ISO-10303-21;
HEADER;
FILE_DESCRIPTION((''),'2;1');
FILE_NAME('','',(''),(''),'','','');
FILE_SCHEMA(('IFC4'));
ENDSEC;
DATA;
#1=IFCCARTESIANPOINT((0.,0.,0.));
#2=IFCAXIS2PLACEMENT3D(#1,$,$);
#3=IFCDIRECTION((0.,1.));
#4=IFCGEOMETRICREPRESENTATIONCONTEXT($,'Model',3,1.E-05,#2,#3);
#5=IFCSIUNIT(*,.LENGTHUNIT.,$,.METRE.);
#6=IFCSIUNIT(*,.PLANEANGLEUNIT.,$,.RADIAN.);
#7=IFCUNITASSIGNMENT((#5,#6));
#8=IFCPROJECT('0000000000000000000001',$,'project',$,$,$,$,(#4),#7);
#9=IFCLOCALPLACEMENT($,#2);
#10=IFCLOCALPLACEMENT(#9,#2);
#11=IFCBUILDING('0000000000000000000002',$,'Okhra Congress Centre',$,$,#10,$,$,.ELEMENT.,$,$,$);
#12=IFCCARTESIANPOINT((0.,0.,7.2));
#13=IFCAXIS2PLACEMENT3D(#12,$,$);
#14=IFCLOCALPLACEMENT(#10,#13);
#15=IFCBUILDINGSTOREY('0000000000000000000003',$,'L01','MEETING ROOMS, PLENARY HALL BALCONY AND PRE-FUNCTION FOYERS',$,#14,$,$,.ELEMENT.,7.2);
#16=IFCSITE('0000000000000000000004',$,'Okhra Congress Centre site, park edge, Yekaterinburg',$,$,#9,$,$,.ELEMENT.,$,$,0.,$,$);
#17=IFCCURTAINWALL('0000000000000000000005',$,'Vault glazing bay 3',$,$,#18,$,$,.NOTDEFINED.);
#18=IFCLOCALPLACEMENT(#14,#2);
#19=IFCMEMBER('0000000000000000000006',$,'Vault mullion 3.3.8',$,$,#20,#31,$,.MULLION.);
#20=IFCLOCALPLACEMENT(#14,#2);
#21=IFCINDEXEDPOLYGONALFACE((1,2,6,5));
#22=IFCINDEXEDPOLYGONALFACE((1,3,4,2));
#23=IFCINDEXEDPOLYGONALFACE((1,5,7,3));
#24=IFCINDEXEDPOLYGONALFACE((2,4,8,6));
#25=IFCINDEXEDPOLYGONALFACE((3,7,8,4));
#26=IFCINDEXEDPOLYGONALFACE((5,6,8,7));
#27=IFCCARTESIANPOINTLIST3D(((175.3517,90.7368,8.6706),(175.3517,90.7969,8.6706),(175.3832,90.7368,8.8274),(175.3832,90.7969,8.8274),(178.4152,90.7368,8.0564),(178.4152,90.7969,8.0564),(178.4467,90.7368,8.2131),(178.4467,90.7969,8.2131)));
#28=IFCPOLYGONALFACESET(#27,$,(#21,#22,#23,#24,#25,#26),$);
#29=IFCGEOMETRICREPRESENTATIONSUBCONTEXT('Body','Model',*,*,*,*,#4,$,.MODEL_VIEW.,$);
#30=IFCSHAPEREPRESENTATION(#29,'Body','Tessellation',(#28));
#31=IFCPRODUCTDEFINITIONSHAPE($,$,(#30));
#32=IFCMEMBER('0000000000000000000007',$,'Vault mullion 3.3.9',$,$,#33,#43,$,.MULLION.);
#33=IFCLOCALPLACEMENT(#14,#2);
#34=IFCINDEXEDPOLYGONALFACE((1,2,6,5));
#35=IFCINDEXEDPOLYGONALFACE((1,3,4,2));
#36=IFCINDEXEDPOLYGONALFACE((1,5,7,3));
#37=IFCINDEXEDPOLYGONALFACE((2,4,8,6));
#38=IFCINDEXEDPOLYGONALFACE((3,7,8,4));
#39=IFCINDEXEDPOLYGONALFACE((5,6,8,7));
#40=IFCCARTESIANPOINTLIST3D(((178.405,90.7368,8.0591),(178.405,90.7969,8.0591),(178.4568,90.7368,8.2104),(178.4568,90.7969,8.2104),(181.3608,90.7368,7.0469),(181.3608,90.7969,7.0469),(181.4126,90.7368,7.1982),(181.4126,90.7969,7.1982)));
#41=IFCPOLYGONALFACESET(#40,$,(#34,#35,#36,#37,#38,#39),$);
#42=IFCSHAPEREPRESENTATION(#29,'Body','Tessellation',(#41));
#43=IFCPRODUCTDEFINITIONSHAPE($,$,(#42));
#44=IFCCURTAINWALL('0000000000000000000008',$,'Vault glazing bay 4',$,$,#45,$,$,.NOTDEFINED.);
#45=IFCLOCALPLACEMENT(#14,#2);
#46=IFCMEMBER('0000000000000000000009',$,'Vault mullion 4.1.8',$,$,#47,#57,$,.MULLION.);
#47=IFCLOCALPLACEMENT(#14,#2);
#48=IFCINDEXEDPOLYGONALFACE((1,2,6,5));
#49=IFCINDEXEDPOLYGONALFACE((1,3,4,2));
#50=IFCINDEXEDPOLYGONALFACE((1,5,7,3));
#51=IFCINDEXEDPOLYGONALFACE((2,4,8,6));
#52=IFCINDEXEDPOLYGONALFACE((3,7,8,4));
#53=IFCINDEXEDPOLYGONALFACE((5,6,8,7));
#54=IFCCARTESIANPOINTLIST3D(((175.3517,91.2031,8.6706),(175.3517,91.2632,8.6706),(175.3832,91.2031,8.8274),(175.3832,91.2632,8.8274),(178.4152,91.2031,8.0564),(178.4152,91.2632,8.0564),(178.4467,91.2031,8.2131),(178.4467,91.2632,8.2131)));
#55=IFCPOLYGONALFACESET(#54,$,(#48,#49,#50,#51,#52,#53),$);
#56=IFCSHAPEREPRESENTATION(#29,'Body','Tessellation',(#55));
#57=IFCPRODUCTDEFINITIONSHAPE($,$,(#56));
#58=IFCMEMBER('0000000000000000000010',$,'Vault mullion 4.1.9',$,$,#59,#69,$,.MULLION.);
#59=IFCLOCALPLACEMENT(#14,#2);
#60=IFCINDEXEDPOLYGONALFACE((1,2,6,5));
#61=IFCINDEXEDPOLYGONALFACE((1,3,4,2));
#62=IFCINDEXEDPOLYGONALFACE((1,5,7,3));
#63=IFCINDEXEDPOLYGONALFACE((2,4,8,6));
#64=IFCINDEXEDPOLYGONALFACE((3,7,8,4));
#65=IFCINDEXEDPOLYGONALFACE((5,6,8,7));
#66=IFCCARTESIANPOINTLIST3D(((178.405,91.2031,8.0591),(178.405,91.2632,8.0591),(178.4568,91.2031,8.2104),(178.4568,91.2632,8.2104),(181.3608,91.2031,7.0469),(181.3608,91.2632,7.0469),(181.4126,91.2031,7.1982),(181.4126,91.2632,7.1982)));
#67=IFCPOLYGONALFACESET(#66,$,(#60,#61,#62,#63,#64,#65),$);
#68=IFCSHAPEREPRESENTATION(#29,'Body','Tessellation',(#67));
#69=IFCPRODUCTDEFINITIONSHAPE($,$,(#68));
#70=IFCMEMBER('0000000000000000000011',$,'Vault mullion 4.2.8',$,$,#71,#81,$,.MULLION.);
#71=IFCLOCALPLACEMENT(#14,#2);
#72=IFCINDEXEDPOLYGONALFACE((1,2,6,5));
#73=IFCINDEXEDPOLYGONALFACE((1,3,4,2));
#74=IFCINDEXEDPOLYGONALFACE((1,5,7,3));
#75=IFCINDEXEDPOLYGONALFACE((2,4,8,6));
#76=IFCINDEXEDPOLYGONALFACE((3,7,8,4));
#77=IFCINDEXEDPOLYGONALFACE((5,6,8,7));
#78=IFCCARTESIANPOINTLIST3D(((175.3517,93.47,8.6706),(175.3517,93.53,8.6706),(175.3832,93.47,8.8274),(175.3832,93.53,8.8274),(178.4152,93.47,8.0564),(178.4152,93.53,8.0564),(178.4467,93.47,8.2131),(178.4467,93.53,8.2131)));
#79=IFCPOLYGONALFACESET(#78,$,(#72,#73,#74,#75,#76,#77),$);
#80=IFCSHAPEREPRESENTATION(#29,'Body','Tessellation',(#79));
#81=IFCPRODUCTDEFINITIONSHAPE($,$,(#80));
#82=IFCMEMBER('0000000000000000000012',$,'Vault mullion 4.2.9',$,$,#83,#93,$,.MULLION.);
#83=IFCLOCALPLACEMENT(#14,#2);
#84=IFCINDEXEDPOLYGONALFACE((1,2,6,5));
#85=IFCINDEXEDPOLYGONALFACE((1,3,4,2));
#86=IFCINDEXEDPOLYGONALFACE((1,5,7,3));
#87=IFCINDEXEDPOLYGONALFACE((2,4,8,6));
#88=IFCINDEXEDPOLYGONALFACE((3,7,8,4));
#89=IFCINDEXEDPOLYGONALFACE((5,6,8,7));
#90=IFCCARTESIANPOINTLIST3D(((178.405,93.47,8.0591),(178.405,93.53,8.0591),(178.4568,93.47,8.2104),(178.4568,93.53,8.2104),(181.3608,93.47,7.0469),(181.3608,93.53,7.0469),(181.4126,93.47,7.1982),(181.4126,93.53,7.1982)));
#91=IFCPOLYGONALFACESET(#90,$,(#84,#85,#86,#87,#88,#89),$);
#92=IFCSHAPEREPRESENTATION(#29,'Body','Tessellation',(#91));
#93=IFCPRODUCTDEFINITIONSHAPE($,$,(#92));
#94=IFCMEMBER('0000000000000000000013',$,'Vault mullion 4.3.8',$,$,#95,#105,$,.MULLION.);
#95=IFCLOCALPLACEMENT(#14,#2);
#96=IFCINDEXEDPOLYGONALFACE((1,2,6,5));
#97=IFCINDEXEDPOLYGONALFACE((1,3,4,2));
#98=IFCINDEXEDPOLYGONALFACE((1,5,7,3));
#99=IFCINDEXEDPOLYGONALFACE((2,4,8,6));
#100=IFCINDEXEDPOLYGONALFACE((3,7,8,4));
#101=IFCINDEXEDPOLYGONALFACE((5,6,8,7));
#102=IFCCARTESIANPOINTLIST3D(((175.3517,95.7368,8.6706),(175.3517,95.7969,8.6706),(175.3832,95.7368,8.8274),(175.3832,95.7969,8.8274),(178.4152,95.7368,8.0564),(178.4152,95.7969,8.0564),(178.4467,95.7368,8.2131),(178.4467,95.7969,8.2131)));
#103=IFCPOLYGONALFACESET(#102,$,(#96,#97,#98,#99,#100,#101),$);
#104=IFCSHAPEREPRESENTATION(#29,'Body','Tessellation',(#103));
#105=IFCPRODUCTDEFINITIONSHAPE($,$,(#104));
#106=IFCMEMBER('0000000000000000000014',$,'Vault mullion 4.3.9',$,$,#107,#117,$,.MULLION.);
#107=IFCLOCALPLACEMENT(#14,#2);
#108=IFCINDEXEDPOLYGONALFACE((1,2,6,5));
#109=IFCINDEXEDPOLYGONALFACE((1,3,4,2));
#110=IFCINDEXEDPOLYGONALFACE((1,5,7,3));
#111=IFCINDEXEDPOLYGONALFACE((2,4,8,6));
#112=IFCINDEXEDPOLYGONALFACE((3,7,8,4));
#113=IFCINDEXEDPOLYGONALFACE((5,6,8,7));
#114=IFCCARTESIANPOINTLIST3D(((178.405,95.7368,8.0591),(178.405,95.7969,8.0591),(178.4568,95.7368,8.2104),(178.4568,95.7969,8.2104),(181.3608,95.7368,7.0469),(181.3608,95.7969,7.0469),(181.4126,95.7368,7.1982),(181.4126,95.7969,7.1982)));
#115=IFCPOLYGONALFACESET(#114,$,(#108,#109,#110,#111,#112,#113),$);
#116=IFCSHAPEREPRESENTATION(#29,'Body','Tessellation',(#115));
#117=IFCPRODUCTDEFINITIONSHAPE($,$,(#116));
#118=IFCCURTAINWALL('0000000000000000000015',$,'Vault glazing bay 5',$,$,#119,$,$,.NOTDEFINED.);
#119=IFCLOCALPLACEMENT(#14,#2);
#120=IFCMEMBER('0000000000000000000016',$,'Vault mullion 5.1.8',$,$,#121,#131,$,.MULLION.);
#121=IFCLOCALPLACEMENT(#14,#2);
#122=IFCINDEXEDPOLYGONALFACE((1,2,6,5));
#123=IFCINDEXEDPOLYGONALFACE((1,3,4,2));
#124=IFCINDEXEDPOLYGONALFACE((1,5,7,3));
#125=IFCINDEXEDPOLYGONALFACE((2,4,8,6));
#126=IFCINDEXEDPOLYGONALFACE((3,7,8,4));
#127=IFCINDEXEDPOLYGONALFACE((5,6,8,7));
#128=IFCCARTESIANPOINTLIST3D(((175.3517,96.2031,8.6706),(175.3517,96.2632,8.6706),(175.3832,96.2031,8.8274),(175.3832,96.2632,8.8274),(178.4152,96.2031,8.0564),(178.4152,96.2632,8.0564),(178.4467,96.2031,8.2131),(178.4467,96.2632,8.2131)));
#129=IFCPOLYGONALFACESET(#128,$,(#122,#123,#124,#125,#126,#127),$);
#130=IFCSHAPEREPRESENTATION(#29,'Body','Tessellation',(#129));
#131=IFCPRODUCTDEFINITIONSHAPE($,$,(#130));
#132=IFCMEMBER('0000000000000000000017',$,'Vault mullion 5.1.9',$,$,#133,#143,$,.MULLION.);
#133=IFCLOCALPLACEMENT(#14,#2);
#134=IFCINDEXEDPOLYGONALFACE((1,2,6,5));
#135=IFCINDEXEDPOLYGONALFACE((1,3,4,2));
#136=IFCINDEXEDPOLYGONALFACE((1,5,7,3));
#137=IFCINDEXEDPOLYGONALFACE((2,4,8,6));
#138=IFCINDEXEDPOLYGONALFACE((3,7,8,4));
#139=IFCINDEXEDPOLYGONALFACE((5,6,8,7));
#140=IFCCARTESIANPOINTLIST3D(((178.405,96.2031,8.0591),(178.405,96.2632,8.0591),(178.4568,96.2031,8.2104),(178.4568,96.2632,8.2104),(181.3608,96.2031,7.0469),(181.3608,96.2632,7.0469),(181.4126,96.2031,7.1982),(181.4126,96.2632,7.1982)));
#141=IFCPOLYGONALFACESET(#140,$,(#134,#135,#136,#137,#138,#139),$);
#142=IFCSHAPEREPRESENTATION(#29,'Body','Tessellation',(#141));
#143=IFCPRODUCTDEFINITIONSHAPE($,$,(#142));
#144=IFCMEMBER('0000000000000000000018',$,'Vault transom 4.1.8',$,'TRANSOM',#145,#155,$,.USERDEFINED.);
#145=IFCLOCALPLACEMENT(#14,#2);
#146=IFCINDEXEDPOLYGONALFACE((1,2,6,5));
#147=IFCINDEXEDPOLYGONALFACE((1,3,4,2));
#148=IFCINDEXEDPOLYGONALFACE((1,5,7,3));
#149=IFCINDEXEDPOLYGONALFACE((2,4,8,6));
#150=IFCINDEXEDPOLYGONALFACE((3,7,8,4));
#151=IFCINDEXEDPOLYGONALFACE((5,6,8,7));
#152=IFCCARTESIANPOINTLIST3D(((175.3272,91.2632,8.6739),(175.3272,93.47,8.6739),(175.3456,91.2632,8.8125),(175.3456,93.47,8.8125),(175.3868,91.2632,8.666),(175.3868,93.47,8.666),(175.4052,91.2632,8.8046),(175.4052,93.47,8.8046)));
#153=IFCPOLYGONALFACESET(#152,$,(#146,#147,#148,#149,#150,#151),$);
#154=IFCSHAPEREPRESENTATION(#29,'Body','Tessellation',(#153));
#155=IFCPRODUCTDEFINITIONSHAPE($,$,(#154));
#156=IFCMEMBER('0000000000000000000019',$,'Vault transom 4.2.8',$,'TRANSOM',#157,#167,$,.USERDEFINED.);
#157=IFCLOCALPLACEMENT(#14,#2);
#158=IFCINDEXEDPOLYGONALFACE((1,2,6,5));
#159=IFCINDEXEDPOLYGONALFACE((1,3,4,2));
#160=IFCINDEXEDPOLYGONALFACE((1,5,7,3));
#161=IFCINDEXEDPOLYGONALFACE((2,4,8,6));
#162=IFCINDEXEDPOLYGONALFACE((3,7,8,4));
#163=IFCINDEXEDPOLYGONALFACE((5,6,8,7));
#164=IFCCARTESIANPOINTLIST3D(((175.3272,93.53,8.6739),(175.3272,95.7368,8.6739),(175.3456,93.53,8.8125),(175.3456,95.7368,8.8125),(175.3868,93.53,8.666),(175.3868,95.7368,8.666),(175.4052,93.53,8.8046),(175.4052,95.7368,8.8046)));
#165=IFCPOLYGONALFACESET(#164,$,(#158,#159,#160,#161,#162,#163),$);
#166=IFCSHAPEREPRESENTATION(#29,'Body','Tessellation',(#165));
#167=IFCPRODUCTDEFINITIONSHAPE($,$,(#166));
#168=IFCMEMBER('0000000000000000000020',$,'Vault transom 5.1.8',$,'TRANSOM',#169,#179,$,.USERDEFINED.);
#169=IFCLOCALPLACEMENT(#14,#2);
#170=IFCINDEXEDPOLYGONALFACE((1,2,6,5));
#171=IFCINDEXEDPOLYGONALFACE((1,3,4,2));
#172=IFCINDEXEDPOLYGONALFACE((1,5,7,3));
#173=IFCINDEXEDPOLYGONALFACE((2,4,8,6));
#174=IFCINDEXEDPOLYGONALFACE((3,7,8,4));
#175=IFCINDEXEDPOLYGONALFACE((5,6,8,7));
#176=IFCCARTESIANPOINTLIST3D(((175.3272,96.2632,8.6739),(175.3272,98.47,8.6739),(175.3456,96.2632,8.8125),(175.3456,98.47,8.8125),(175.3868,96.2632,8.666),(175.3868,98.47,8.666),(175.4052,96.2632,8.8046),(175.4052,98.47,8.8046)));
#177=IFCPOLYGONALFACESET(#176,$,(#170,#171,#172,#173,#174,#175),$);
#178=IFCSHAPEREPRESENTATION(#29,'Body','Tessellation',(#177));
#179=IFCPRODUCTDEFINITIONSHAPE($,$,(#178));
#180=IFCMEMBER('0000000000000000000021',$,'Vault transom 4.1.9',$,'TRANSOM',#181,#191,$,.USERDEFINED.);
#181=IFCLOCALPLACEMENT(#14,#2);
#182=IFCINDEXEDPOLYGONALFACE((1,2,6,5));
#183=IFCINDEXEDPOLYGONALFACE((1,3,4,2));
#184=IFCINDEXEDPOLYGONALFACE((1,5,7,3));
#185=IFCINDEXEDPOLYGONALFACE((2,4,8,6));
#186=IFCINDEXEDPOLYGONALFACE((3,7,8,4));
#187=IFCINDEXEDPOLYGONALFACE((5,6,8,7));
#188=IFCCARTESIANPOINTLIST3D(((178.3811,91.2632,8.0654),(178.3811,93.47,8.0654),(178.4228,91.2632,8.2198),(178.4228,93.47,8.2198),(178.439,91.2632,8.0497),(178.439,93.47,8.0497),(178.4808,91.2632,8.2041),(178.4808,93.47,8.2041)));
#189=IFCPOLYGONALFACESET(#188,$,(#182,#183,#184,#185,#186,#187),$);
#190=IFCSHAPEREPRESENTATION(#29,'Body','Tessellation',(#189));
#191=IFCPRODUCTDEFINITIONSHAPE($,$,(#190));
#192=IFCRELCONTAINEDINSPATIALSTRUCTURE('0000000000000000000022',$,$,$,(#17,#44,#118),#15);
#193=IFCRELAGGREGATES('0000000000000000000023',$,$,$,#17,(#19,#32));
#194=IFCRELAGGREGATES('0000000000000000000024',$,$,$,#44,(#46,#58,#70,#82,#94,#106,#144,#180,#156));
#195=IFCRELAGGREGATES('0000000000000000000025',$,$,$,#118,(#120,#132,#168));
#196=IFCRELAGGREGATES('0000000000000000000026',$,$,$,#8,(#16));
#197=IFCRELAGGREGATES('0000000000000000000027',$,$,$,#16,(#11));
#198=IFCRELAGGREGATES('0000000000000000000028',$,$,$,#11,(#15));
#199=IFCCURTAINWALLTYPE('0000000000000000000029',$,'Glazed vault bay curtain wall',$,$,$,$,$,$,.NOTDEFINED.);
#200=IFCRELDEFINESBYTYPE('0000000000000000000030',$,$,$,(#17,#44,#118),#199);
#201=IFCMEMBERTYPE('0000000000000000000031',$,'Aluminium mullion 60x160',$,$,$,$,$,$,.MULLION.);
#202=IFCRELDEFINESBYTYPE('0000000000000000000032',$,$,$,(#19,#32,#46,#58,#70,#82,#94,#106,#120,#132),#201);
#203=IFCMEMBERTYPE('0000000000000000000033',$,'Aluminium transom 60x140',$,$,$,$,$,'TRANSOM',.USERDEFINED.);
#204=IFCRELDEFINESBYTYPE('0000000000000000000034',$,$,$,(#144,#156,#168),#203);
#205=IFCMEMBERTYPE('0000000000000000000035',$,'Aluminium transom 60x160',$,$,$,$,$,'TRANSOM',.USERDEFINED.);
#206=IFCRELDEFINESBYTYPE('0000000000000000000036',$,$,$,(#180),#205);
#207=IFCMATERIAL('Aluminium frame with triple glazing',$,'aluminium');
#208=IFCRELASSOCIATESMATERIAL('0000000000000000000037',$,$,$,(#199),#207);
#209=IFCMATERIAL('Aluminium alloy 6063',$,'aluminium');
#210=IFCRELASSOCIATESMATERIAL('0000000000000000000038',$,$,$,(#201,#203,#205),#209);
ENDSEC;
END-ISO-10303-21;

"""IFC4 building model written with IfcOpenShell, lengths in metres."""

from ifc_helpers import new_model, si_unit, direction, frame, origin, origin_2d, place, context, subcontext, project, spatial, rectangle, extrude, material, material_profile, profile_set, type_object, element, aggregate, save


model = new_model("IFC4")

# Units and contexts
model_context = context("Model", 3, precision=1e-05, world=origin(), true_north=direction((0.0, 1.0)))
body_context = subcontext(model_context, "Body", "Model", "MODEL_VIEW")
ifc_project = project(units=[si_unit("LENGTHUNIT", "METRE"), si_unit("PLANEANGLEUNIT", "RADIAN")], contexts=[model_context])

# Site, building, storey
site_placement = place(None, origin())
site = spatial("IfcSite", under=ifc_project, at=site_placement, Name="Okhra Congress Centre site, park edge, Yekaterinburg", CompositionType="ELEMENT", RefElevation=0.0)
building_placement = place(site_placement, origin())
building = spatial("IfcBuilding", under=site, at=building_placement, Name="Okhra Congress Centre", CompositionType="ELEMENT")
storey_placement = place(building_placement, frame((0.0, 0.0, 7.2)))
storey = spatial("IfcBuildingStorey", under=building, at=storey_placement, Name="L01", Description="MEETING ROOMS, PLENARY HALL BALCONY AND PRE-FUNCTION FOYERS", CompositionType="ELEMENT", Elevation=7.2)

# Curtain walls, members
ifc_material_1 = material(Name="Aluminium frame with triple glazing", Category="aluminium")
curtain_wall_type = type_object("IfcCurtainWallType", Name="Glazed vault bay curtain wall", PredefinedType="NOTDEFINED", material=ifc_material_1)
curtain_wall_1_placement = place(storey_placement, origin())
curtain_wall_1 = element("IfcCurtainWall", 1, at=curtain_wall_1_placement, inside=storey, type_object=curtain_wall_type, Name="Vault glazing bay 3", PredefinedType="NOTDEFINED")
ifc_material_2 = material(Name="Aluminium alloy 6063", Category="aluminium")
ifc_material_profile_1 = material_profile(ifc_material_2, rectangle(XDim=0.0601, YDim=0.1599, at=origin_2d()), Name="AL 60x160")
ifc_profile_set_1 = profile_set([ifc_material_profile_1], Name="Aluminium alloy 6063")
member_type_1 = type_object("IfcMemberType", Name="Aluminium mullion 60x160", PredefinedType="MULLION", material=ifc_profile_set_1)
member_1_placement = place(storey_placement, frame((175.3674, 90.7668, 8.749), z_axis=(0.980484, 0.0, -0.196597), x_axis=(0.0, 1.0, 0.0)))
member_1 = element("IfcMember", 2, at=member_1_placement, type_object=member_type_1, Name="Vault mullion 3.3.8", PredefinedType="MULLION", context=body_context, shape_type="SweptSolid", body=[
    extrude(rectangle(XDim=0.0601, YDim=0.1599, at=origin_2d()), origin(), (0.0, 0.0, 1.0), 3.1245),
])
member_2_placement = place(storey_placement, frame((178.4309, 90.7668, 8.1348), z_axis=(0.946065, 0.0, -0.323977), x_axis=(0.0, 1.0, 0.0)))
member_2 = element("IfcMember", 3, at=member_2_placement, type_object=member_type_1, Name="Vault mullion 3.3.9", PredefinedType="MULLION", context=body_context, shape_type="SweptSolid", body=[
    extrude(rectangle(XDim=0.0601, YDim=0.1599, at=origin_2d()), origin(), (0.0, 0.0, 1.0), 3.1243),
])
aggregate(curtain_wall_1, [member_1, member_2])
curtain_wall_2_placement = place(storey_placement, origin())
curtain_wall_2 = element("IfcCurtainWall", 4, at=curtain_wall_2_placement, inside=storey, type_object=curtain_wall_type, Name="Vault glazing bay 4", PredefinedType="NOTDEFINED")
member_3_placement = place(storey_placement, frame((175.3674, 91.2332, 8.749), z_axis=(0.980484, 0.0, -0.196597), x_axis=(0.0, 1.0, 0.0)))
member_3 = element("IfcMember", 5, at=member_3_placement, type_object=member_type_1, Name="Vault mullion 4.1.8", PredefinedType="MULLION", context=body_context, shape_type="SweptSolid", body=[
    extrude(rectangle(XDim=0.0601, YDim=0.1599, at=origin_2d()), origin(), (0.0, 0.0, 1.0), 3.1245),
])
member_4_placement = place(storey_placement, frame((178.4309, 91.2332, 8.1348), z_axis=(0.946065, 0.0, -0.323977), x_axis=(0.0, 1.0, 0.0)))
member_4 = element("IfcMember", 6, at=member_4_placement, type_object=member_type_1, Name="Vault mullion 4.1.9", PredefinedType="MULLION", context=body_context, shape_type="SweptSolid", body=[
    extrude(rectangle(XDim=0.0601, YDim=0.1599, at=origin_2d()), origin(), (0.0, 0.0, 1.0), 3.1243),
])
member_5_placement = place(storey_placement, frame((175.3674, 93.5, 8.749), z_axis=(0.980484, 0.0, -0.196597), x_axis=(0.0, 1.0, 0.0)))
member_5 = element("IfcMember", 7, at=member_5_placement, type_object=member_type_1, Name="Vault mullion 4.2.8", PredefinedType="MULLION", context=body_context, shape_type="SweptSolid", body=[
    extrude(rectangle(XDim=0.0601, YDim=0.1599, at=origin_2d()), origin(), (0.0, 0.0, 1.0), 3.1245),
])
member_6_placement = place(storey_placement, frame((178.4309, 93.5, 8.1348), z_axis=(0.946065, 0.0, -0.323977), x_axis=(0.0, 1.0, 0.0)))
member_6 = element("IfcMember", 8, at=member_6_placement, type_object=member_type_1, Name="Vault mullion 4.2.9", PredefinedType="MULLION", context=body_context, shape_type="SweptSolid", body=[
    extrude(rectangle(XDim=0.0601, YDim=0.1599, at=origin_2d()), origin(), (0.0, 0.0, 1.0), 3.1243),
])
member_7_placement = place(storey_placement, frame((175.3674, 95.7668, 8.749), z_axis=(0.980484, 0.0, -0.196597), x_axis=(0.0, 1.0, 0.0)))
member_7 = element("IfcMember", 9, at=member_7_placement, type_object=member_type_1, Name="Vault mullion 4.3.8", PredefinedType="MULLION", context=body_context, shape_type="SweptSolid", body=[
    extrude(rectangle(XDim=0.0601, YDim=0.1599, at=origin_2d()), origin(), (0.0, 0.0, 1.0), 3.1245),
])
member_8_placement = place(storey_placement, frame((178.4309, 95.7668, 8.1348), z_axis=(0.946065, 0.0, -0.323977), x_axis=(0.0, 1.0, 0.0)))
member_8 = element("IfcMember", 10, at=member_8_placement, type_object=member_type_1, Name="Vault mullion 4.3.9", PredefinedType="MULLION", context=body_context, shape_type="SweptSolid", body=[
    extrude(rectangle(XDim=0.0601, YDim=0.1599, at=origin_2d()), origin(), (0.0, 0.0, 1.0), 3.1243),
])
curtain_wall_3_placement = place(storey_placement, origin())
curtain_wall_3 = element("IfcCurtainWall", 11, at=curtain_wall_3_placement, inside=storey, type_object=curtain_wall_type, Name="Vault glazing bay 5", PredefinedType="NOTDEFINED")
member_9_placement = place(storey_placement, frame((175.3674, 96.2332, 8.749), z_axis=(0.980484, 0.0, -0.196597), x_axis=(0.0, 1.0, 0.0)))
member_9 = element("IfcMember", 12, at=member_9_placement, type_object=member_type_1, Name="Vault mullion 5.1.8", PredefinedType="MULLION", context=body_context, shape_type="SweptSolid", body=[
    extrude(rectangle(XDim=0.0601, YDim=0.1599, at=origin_2d()), origin(), (0.0, 0.0, 1.0), 3.1245),
])
member_10_placement = place(storey_placement, frame((178.4309, 96.2332, 8.1348), z_axis=(0.946065, 0.0, -0.323977), x_axis=(0.0, 1.0, 0.0)))
member_10 = element("IfcMember", 13, at=member_10_placement, type_object=member_type_1, Name="Vault mullion 5.1.9", PredefinedType="MULLION", context=body_context, shape_type="SweptSolid", body=[
    extrude(rectangle(XDim=0.0601, YDim=0.1599, at=origin_2d()), origin(), (0.0, 0.0, 1.0), 3.1243),
])

# Members
ifc_material_profile_2 = material_profile(ifc_material_2, rectangle(XDim=0.0601, YDim=0.1399, at=origin_2d()), Name="AL 60x140 transom")
ifc_profile_set_2 = profile_set([ifc_material_profile_2], Name="Aluminium alloy 6063")
member_type_2 = type_object("IfcMemberType", Name="Aluminium transom 60x140", ElementType="TRANSOM", PredefinedType="USERDEFINED", material=ifc_profile_set_2)
member_11_placement = place(storey_placement, frame((175.3662, 91.2632, 8.7393), z_axis=(0.0, 1.0, 0.0), x_axis=(-0.991307, 0.0, 0.131568)))
member_11 = element("IfcMember", 14, at=member_11_placement, type_object=member_type_2, Name="Vault transom 4.1.8", ObjectType="TRANSOM", PredefinedType="USERDEFINED", context=body_context, shape_type="SweptSolid", body=[
    extrude(rectangle(XDim=0.0601, YDim=0.1399, at=origin_2d()), origin(), (0.0, 0.0, 1.0), 2.2068),
])
member_12_placement = place(storey_placement, frame((175.3662, 93.53, 8.7393), z_axis=(0.0, 1.0, 0.0), x_axis=(-0.991307, 0.0, 0.131568)))
member_12 = element("IfcMember", 15, at=member_12_placement, type_object=member_type_2, Name="Vault transom 4.2.8", ObjectType="TRANSOM", PredefinedType="USERDEFINED", context=body_context, shape_type="SweptSolid", body=[
    extrude(rectangle(XDim=0.0601, YDim=0.1399, at=origin_2d()), origin(), (0.0, 0.0, 1.0), 2.2068),
])
member_13_placement = place(storey_placement, frame((175.3662, 96.2632, 8.7393), z_axis=(0.0, 1.0, 0.0), x_axis=(-0.991307, 0.0, 0.131568)))
member_13 = element("IfcMember", 16, at=member_13_placement, type_object=member_type_2, Name="Vault transom 5.1.8", ObjectType="TRANSOM", PredefinedType="USERDEFINED", context=body_context, shape_type="SweptSolid", body=[
    extrude(rectangle(XDim=0.0601, YDim=0.1399, at=origin_2d()), origin(), (0.0, 0.0, 1.0), 2.2068),
])
ifc_material_profile_3 = material_profile(ifc_material_2, rectangle(XDim=0.0601, YDim=0.1599, at=origin_2d()), Name="AL 60x160 transom")
ifc_profile_set_3 = profile_set([ifc_material_profile_3], Name="Aluminium alloy 6063")
member_type_3 = type_object("IfcMemberType", Name="Aluminium transom 60x160", ElementType="TRANSOM", PredefinedType="USERDEFINED", material=ifc_profile_set_3)
member_14_placement = place(storey_placement, frame((178.4309, 91.2632, 8.1348), z_axis=(0.0, 1.0, 0.0), x_axis=(-0.96538, 0.0, 0.260848)))
member_14 = element("IfcMember", 17, at=member_14_placement, type_object=member_type_3, Name="Vault transom 4.1.9", ObjectType="TRANSOM", PredefinedType="USERDEFINED", context=body_context, shape_type="SweptSolid", body=[
    extrude(rectangle(XDim=0.0601, YDim=0.1599, at=origin_2d()), origin(), (0.0, 0.0, 1.0), 2.2068),
])

aggregate(curtain_wall_2, [member_3, member_4, member_5, member_6, member_7, member_8, member_11, member_14, member_12])
aggregate(curtain_wall_3, [member_9, member_10, member_13])

save(model, "model.ifc")
